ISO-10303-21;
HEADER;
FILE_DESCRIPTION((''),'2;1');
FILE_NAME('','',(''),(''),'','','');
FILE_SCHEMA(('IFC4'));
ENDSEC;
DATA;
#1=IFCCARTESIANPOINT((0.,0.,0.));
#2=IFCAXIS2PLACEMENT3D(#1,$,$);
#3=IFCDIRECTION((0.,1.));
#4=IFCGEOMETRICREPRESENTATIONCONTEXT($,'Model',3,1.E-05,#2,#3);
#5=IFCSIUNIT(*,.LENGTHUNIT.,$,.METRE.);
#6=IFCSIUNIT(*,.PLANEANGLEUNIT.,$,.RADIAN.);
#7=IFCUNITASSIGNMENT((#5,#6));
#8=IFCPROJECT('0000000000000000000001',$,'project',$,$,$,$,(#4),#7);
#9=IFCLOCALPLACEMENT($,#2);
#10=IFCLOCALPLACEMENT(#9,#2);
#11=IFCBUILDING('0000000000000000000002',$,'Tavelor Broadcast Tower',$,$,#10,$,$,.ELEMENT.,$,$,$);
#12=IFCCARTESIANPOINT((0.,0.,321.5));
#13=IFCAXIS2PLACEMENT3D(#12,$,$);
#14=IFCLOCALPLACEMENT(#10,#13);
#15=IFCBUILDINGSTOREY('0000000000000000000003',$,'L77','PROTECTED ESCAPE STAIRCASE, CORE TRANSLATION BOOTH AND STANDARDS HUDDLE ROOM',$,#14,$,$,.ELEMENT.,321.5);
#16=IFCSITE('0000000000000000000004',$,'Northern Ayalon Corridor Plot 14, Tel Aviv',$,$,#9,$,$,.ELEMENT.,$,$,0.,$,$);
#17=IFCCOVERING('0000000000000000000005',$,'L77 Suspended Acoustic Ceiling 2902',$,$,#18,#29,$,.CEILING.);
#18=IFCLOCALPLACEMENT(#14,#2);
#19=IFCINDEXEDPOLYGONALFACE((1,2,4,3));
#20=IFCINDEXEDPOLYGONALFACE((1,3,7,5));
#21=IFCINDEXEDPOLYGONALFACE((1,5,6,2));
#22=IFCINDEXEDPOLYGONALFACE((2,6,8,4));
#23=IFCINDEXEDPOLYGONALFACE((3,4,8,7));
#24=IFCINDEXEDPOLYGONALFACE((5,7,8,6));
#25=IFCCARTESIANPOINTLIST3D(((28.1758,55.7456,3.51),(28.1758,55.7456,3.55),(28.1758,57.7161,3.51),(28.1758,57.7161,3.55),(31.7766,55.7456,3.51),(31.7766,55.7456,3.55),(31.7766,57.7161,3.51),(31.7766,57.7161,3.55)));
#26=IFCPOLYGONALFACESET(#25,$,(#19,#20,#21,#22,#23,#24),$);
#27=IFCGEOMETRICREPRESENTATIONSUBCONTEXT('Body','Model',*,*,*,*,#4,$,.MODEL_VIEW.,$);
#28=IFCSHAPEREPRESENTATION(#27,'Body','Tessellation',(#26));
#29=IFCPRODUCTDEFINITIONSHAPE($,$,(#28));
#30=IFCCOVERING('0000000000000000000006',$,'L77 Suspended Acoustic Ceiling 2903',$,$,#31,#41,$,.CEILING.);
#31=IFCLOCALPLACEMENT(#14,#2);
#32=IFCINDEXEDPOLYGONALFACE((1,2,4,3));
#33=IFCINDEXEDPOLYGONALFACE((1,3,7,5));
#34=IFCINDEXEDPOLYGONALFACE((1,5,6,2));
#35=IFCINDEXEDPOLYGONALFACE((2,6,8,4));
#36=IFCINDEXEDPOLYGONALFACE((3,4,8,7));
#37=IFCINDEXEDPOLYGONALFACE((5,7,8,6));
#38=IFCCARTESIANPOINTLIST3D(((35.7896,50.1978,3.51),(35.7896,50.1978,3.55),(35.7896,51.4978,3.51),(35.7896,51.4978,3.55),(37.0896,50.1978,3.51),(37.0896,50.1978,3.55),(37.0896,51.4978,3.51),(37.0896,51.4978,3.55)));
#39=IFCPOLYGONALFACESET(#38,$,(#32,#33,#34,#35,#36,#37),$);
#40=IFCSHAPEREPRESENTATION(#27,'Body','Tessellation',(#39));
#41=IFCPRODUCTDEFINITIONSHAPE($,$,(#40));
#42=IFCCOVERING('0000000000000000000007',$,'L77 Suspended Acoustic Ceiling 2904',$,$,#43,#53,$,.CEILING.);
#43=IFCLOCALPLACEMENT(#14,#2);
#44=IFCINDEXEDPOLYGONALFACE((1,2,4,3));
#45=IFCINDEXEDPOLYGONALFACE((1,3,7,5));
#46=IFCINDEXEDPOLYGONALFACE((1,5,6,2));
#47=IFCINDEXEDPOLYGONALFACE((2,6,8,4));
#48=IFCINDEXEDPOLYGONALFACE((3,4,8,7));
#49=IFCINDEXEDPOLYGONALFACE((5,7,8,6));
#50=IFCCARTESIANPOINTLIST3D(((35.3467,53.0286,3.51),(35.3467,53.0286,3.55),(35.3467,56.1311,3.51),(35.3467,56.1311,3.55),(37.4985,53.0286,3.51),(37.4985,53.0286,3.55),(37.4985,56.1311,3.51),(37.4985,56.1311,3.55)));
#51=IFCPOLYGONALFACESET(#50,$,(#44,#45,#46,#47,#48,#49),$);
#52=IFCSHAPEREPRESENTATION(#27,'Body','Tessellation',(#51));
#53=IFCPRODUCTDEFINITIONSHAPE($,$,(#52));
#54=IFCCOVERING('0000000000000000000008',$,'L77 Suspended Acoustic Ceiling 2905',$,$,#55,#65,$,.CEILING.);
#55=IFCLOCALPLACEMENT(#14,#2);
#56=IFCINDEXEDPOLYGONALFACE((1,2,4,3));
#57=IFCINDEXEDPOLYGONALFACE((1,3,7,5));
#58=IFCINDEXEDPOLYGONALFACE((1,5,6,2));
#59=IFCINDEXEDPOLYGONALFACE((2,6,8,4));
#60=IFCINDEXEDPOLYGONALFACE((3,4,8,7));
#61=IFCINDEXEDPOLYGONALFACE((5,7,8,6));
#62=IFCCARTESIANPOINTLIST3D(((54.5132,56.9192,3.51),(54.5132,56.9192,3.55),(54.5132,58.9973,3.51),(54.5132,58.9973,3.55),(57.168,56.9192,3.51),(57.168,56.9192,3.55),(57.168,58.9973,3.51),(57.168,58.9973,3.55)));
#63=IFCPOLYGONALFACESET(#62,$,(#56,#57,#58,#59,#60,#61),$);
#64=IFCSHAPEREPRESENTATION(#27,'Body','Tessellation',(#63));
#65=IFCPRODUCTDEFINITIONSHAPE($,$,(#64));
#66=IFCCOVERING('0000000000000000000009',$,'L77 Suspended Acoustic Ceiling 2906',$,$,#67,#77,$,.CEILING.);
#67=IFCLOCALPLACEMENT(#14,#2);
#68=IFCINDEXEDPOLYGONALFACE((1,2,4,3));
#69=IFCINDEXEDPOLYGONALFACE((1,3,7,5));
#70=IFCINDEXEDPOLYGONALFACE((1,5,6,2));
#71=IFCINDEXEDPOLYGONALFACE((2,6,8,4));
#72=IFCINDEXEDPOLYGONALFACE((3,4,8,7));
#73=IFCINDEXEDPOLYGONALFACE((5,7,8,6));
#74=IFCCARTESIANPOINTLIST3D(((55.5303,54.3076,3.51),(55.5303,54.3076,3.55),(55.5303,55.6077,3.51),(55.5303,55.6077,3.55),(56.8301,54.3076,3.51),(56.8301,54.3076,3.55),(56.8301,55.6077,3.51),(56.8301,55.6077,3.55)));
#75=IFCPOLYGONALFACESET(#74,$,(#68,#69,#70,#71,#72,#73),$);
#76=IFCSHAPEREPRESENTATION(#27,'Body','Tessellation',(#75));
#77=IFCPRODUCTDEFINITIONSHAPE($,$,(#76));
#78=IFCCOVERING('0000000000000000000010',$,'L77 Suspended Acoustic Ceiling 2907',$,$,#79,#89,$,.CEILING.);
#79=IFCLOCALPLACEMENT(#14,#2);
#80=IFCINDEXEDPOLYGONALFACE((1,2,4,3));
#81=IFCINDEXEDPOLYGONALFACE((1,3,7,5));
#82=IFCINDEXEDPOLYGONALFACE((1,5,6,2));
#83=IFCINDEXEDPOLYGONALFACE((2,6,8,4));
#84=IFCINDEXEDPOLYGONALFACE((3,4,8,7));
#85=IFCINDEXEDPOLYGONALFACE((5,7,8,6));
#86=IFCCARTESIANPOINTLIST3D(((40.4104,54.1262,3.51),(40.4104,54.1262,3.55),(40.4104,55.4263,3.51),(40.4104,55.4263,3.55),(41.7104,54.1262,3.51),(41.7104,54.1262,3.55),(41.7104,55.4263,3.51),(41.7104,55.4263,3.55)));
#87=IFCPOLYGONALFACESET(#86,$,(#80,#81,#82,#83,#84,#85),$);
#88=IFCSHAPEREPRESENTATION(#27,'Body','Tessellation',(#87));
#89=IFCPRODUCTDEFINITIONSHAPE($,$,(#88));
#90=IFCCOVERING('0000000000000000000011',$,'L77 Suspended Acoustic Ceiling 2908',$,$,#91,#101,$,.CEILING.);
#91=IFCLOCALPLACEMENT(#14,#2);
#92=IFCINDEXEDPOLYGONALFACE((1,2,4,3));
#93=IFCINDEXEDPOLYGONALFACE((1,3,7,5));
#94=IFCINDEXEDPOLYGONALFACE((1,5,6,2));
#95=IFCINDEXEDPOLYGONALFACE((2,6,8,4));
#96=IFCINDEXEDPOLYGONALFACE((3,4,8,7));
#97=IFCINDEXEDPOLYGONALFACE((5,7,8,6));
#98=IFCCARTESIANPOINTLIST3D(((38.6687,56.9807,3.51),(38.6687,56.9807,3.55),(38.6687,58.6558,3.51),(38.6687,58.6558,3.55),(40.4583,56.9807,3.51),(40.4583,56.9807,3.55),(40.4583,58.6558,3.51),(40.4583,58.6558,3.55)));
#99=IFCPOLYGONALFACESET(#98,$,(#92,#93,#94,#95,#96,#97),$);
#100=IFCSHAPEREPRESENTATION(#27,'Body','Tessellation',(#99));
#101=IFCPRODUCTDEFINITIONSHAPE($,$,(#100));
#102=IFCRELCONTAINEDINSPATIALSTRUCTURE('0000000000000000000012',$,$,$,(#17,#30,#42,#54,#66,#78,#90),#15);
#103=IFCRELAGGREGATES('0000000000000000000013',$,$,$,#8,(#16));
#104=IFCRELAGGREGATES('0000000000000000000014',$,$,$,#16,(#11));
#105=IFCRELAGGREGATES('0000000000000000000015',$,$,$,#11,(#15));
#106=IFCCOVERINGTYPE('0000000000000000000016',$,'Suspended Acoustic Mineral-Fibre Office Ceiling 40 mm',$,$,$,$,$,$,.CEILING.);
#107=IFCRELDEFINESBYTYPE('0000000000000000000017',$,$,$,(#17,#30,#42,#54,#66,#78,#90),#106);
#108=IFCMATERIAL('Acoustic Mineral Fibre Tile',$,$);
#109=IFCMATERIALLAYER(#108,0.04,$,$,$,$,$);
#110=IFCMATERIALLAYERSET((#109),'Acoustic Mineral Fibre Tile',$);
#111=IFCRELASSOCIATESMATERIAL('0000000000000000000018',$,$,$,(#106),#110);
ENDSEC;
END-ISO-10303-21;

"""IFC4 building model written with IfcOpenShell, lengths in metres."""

from ifc_helpers import new_model, si_unit, direction, frame, origin, place, context, subcontext, project, spatial, polyline, outline, extrude, material, layer, layer_set, type_object, element, save


model = new_model("IFC4")

# Units and contexts
model_context = context("Model", 3, precision=1e-05, world=origin(), true_north=direction((0.0, 1.0)))
body_context = subcontext(model_context, "Body", "Model", "MODEL_VIEW")
ifc_project = project(units=[si_unit("LENGTHUNIT", "METRE"), si_unit("PLANEANGLEUNIT", "RADIAN")], contexts=[model_context])

# Site, building, storey
site_placement = place(None, origin())
site = spatial("IfcSite", under=ifc_project, at=site_placement, Name="Northern Ayalon Corridor Plot 14, Tel Aviv", CompositionType="ELEMENT", RefElevation=0.0)
building_placement = place(site_placement, origin())
building = spatial("IfcBuilding", under=site, at=building_placement, Name="Tavelor Broadcast Tower", CompositionType="ELEMENT")
storey_placement = place(building_placement, frame((0.0, 0.0, 321.5)))
storey = spatial("IfcBuildingStorey", under=building, at=storey_placement, Name="L77", Description="PROTECTED ESCAPE STAIRCASE, CORE TRANSLATION BOOTH AND STANDARDS HUDDLE ROOM", CompositionType="ELEMENT", Elevation=321.5)

# Coverings
ifc_material_1 = material(Name="Acoustic Mineral Fibre Tile")
ifc_layer_1 = layer(ifc_material_1, 0.04)
ifc_layer_set_1 = layer_set([ifc_layer_1], Name="Acoustic Mineral Fibre Tile")
covering_type_1 = type_object("IfcCoveringType", Name="Suspended Acoustic Mineral-Fibre Office Ceiling 40 mm", PredefinedType="CEILING", material=ifc_layer_set_1)
covering_1_placement = place(storey_placement, frame((0.0, 0.0, 3.51)))
element("IfcCovering", 1, at=covering_1_placement, inside=storey, type_object=covering_type_1, Name="L77 Suspended Acoustic Ceiling 2902", PredefinedType="CEILING", context=body_context, shape_type="SweptSolid", body=[
    extrude(outline(polyline([(28.1758, 55.7456), (31.7766, 55.7456), (31.7766, 57.7161), (28.1758, 57.7161), (28.1758, 55.7456)])), origin(), (0.0, 0.0, 1.0), 0.04),
])
covering_2_placement = place(storey_placement, frame((0.0, 0.0, 3.51)))
element("IfcCovering", 2, at=covering_2_placement, inside=storey, type_object=covering_type_1, Name="L77 Suspended Acoustic Ceiling 2903", PredefinedType="CEILING", context=body_context, shape_type="SweptSolid", body=[
    extrude(outline(polyline([(35.7896, 50.1978), (37.0896, 50.1978), (37.0896, 51.4978), (35.7896, 51.4978), (35.7896, 50.1978)])), origin(), (0.0, 0.0, 1.0), 0.04),
])
covering_3_placement = place(storey_placement, frame((0.0, 0.0, 3.51)))
element("IfcCovering", 3, at=covering_3_placement, inside=storey, type_object=covering_type_1, Name="L77 Suspended Acoustic Ceiling 2904", PredefinedType="CEILING", context=body_context, shape_type="SweptSolid", body=[
    extrude(outline(polyline([(35.3467, 53.0286), (37.4985, 53.0286), (37.4985, 56.1311), (35.3467, 56.1311), (35.3467, 53.0286)])), origin(), (0.0, 0.0, 1.0), 0.04),
])
covering_4_placement = place(storey_placement, frame((0.0, 0.0, 3.51)))
element("IfcCovering", 4, at=covering_4_placement, inside=storey, type_object=covering_type_1, Name="L77 Suspended Acoustic Ceiling 2905", PredefinedType="CEILING", context=body_context, shape_type="SweptSolid", body=[
    extrude(outline(polyline([(54.5132, 56.9192), (57.168, 56.9192), (57.168, 58.9973), (54.5132, 58.9973), (54.5132, 56.9192)])), origin(), (0.0, 0.0, 1.0), 0.04),
])
covering_5_placement = place(storey_placement, frame((0.0, 0.0, 3.51)))
element("IfcCovering", 5, at=covering_5_placement, inside=storey, type_object=covering_type_1, Name="L77 Suspended Acoustic Ceiling 2906", PredefinedType="CEILING", context=body_context, shape_type="SweptSolid", body=[
    extrude(outline(polyline([(55.5303, 54.3076), (56.8301, 54.3076), (56.8301, 55.6077), (55.5303, 55.6077), (55.5303, 54.3076)])), origin(), (0.0, 0.0, 1.0), 0.04),
])
covering_6_placement = place(storey_placement, frame((0.0, 0.0, 3.51)))
element("IfcCovering", 6, at=covering_6_placement, inside=storey, type_object=covering_type_1, Name="L77 Suspended Acoustic Ceiling 2907", PredefinedType="CEILING", context=body_context, shape_type="SweptSolid", body=[
    extrude(outline(polyline([(40.4104, 54.1262), (41.7104, 54.1262), (41.7104, 55.4263), (40.4104, 55.4263), (40.4104, 54.1262)])), origin(), (0.0, 0.0, 1.0), 0.04),
])
covering_7_placement = place(storey_placement, frame((0.0, 0.0, 3.51)))
element("IfcCovering", 7, at=covering_7_placement, inside=storey, type_object=covering_type_1, Name="L77 Suspended Acoustic Ceiling 2908", PredefinedType="CEILING", context=body_context, shape_type="SweptSolid", body=[
    extrude(outline(polyline([(38.6687, 56.9807), (40.4583, 56.9807), (40.4583, 58.6558), (38.6687, 58.6558), (38.6687, 56.9807)])), origin(), (0.0, 0.0, 1.0), 0.04),
])

save(model, "model.ifc")
